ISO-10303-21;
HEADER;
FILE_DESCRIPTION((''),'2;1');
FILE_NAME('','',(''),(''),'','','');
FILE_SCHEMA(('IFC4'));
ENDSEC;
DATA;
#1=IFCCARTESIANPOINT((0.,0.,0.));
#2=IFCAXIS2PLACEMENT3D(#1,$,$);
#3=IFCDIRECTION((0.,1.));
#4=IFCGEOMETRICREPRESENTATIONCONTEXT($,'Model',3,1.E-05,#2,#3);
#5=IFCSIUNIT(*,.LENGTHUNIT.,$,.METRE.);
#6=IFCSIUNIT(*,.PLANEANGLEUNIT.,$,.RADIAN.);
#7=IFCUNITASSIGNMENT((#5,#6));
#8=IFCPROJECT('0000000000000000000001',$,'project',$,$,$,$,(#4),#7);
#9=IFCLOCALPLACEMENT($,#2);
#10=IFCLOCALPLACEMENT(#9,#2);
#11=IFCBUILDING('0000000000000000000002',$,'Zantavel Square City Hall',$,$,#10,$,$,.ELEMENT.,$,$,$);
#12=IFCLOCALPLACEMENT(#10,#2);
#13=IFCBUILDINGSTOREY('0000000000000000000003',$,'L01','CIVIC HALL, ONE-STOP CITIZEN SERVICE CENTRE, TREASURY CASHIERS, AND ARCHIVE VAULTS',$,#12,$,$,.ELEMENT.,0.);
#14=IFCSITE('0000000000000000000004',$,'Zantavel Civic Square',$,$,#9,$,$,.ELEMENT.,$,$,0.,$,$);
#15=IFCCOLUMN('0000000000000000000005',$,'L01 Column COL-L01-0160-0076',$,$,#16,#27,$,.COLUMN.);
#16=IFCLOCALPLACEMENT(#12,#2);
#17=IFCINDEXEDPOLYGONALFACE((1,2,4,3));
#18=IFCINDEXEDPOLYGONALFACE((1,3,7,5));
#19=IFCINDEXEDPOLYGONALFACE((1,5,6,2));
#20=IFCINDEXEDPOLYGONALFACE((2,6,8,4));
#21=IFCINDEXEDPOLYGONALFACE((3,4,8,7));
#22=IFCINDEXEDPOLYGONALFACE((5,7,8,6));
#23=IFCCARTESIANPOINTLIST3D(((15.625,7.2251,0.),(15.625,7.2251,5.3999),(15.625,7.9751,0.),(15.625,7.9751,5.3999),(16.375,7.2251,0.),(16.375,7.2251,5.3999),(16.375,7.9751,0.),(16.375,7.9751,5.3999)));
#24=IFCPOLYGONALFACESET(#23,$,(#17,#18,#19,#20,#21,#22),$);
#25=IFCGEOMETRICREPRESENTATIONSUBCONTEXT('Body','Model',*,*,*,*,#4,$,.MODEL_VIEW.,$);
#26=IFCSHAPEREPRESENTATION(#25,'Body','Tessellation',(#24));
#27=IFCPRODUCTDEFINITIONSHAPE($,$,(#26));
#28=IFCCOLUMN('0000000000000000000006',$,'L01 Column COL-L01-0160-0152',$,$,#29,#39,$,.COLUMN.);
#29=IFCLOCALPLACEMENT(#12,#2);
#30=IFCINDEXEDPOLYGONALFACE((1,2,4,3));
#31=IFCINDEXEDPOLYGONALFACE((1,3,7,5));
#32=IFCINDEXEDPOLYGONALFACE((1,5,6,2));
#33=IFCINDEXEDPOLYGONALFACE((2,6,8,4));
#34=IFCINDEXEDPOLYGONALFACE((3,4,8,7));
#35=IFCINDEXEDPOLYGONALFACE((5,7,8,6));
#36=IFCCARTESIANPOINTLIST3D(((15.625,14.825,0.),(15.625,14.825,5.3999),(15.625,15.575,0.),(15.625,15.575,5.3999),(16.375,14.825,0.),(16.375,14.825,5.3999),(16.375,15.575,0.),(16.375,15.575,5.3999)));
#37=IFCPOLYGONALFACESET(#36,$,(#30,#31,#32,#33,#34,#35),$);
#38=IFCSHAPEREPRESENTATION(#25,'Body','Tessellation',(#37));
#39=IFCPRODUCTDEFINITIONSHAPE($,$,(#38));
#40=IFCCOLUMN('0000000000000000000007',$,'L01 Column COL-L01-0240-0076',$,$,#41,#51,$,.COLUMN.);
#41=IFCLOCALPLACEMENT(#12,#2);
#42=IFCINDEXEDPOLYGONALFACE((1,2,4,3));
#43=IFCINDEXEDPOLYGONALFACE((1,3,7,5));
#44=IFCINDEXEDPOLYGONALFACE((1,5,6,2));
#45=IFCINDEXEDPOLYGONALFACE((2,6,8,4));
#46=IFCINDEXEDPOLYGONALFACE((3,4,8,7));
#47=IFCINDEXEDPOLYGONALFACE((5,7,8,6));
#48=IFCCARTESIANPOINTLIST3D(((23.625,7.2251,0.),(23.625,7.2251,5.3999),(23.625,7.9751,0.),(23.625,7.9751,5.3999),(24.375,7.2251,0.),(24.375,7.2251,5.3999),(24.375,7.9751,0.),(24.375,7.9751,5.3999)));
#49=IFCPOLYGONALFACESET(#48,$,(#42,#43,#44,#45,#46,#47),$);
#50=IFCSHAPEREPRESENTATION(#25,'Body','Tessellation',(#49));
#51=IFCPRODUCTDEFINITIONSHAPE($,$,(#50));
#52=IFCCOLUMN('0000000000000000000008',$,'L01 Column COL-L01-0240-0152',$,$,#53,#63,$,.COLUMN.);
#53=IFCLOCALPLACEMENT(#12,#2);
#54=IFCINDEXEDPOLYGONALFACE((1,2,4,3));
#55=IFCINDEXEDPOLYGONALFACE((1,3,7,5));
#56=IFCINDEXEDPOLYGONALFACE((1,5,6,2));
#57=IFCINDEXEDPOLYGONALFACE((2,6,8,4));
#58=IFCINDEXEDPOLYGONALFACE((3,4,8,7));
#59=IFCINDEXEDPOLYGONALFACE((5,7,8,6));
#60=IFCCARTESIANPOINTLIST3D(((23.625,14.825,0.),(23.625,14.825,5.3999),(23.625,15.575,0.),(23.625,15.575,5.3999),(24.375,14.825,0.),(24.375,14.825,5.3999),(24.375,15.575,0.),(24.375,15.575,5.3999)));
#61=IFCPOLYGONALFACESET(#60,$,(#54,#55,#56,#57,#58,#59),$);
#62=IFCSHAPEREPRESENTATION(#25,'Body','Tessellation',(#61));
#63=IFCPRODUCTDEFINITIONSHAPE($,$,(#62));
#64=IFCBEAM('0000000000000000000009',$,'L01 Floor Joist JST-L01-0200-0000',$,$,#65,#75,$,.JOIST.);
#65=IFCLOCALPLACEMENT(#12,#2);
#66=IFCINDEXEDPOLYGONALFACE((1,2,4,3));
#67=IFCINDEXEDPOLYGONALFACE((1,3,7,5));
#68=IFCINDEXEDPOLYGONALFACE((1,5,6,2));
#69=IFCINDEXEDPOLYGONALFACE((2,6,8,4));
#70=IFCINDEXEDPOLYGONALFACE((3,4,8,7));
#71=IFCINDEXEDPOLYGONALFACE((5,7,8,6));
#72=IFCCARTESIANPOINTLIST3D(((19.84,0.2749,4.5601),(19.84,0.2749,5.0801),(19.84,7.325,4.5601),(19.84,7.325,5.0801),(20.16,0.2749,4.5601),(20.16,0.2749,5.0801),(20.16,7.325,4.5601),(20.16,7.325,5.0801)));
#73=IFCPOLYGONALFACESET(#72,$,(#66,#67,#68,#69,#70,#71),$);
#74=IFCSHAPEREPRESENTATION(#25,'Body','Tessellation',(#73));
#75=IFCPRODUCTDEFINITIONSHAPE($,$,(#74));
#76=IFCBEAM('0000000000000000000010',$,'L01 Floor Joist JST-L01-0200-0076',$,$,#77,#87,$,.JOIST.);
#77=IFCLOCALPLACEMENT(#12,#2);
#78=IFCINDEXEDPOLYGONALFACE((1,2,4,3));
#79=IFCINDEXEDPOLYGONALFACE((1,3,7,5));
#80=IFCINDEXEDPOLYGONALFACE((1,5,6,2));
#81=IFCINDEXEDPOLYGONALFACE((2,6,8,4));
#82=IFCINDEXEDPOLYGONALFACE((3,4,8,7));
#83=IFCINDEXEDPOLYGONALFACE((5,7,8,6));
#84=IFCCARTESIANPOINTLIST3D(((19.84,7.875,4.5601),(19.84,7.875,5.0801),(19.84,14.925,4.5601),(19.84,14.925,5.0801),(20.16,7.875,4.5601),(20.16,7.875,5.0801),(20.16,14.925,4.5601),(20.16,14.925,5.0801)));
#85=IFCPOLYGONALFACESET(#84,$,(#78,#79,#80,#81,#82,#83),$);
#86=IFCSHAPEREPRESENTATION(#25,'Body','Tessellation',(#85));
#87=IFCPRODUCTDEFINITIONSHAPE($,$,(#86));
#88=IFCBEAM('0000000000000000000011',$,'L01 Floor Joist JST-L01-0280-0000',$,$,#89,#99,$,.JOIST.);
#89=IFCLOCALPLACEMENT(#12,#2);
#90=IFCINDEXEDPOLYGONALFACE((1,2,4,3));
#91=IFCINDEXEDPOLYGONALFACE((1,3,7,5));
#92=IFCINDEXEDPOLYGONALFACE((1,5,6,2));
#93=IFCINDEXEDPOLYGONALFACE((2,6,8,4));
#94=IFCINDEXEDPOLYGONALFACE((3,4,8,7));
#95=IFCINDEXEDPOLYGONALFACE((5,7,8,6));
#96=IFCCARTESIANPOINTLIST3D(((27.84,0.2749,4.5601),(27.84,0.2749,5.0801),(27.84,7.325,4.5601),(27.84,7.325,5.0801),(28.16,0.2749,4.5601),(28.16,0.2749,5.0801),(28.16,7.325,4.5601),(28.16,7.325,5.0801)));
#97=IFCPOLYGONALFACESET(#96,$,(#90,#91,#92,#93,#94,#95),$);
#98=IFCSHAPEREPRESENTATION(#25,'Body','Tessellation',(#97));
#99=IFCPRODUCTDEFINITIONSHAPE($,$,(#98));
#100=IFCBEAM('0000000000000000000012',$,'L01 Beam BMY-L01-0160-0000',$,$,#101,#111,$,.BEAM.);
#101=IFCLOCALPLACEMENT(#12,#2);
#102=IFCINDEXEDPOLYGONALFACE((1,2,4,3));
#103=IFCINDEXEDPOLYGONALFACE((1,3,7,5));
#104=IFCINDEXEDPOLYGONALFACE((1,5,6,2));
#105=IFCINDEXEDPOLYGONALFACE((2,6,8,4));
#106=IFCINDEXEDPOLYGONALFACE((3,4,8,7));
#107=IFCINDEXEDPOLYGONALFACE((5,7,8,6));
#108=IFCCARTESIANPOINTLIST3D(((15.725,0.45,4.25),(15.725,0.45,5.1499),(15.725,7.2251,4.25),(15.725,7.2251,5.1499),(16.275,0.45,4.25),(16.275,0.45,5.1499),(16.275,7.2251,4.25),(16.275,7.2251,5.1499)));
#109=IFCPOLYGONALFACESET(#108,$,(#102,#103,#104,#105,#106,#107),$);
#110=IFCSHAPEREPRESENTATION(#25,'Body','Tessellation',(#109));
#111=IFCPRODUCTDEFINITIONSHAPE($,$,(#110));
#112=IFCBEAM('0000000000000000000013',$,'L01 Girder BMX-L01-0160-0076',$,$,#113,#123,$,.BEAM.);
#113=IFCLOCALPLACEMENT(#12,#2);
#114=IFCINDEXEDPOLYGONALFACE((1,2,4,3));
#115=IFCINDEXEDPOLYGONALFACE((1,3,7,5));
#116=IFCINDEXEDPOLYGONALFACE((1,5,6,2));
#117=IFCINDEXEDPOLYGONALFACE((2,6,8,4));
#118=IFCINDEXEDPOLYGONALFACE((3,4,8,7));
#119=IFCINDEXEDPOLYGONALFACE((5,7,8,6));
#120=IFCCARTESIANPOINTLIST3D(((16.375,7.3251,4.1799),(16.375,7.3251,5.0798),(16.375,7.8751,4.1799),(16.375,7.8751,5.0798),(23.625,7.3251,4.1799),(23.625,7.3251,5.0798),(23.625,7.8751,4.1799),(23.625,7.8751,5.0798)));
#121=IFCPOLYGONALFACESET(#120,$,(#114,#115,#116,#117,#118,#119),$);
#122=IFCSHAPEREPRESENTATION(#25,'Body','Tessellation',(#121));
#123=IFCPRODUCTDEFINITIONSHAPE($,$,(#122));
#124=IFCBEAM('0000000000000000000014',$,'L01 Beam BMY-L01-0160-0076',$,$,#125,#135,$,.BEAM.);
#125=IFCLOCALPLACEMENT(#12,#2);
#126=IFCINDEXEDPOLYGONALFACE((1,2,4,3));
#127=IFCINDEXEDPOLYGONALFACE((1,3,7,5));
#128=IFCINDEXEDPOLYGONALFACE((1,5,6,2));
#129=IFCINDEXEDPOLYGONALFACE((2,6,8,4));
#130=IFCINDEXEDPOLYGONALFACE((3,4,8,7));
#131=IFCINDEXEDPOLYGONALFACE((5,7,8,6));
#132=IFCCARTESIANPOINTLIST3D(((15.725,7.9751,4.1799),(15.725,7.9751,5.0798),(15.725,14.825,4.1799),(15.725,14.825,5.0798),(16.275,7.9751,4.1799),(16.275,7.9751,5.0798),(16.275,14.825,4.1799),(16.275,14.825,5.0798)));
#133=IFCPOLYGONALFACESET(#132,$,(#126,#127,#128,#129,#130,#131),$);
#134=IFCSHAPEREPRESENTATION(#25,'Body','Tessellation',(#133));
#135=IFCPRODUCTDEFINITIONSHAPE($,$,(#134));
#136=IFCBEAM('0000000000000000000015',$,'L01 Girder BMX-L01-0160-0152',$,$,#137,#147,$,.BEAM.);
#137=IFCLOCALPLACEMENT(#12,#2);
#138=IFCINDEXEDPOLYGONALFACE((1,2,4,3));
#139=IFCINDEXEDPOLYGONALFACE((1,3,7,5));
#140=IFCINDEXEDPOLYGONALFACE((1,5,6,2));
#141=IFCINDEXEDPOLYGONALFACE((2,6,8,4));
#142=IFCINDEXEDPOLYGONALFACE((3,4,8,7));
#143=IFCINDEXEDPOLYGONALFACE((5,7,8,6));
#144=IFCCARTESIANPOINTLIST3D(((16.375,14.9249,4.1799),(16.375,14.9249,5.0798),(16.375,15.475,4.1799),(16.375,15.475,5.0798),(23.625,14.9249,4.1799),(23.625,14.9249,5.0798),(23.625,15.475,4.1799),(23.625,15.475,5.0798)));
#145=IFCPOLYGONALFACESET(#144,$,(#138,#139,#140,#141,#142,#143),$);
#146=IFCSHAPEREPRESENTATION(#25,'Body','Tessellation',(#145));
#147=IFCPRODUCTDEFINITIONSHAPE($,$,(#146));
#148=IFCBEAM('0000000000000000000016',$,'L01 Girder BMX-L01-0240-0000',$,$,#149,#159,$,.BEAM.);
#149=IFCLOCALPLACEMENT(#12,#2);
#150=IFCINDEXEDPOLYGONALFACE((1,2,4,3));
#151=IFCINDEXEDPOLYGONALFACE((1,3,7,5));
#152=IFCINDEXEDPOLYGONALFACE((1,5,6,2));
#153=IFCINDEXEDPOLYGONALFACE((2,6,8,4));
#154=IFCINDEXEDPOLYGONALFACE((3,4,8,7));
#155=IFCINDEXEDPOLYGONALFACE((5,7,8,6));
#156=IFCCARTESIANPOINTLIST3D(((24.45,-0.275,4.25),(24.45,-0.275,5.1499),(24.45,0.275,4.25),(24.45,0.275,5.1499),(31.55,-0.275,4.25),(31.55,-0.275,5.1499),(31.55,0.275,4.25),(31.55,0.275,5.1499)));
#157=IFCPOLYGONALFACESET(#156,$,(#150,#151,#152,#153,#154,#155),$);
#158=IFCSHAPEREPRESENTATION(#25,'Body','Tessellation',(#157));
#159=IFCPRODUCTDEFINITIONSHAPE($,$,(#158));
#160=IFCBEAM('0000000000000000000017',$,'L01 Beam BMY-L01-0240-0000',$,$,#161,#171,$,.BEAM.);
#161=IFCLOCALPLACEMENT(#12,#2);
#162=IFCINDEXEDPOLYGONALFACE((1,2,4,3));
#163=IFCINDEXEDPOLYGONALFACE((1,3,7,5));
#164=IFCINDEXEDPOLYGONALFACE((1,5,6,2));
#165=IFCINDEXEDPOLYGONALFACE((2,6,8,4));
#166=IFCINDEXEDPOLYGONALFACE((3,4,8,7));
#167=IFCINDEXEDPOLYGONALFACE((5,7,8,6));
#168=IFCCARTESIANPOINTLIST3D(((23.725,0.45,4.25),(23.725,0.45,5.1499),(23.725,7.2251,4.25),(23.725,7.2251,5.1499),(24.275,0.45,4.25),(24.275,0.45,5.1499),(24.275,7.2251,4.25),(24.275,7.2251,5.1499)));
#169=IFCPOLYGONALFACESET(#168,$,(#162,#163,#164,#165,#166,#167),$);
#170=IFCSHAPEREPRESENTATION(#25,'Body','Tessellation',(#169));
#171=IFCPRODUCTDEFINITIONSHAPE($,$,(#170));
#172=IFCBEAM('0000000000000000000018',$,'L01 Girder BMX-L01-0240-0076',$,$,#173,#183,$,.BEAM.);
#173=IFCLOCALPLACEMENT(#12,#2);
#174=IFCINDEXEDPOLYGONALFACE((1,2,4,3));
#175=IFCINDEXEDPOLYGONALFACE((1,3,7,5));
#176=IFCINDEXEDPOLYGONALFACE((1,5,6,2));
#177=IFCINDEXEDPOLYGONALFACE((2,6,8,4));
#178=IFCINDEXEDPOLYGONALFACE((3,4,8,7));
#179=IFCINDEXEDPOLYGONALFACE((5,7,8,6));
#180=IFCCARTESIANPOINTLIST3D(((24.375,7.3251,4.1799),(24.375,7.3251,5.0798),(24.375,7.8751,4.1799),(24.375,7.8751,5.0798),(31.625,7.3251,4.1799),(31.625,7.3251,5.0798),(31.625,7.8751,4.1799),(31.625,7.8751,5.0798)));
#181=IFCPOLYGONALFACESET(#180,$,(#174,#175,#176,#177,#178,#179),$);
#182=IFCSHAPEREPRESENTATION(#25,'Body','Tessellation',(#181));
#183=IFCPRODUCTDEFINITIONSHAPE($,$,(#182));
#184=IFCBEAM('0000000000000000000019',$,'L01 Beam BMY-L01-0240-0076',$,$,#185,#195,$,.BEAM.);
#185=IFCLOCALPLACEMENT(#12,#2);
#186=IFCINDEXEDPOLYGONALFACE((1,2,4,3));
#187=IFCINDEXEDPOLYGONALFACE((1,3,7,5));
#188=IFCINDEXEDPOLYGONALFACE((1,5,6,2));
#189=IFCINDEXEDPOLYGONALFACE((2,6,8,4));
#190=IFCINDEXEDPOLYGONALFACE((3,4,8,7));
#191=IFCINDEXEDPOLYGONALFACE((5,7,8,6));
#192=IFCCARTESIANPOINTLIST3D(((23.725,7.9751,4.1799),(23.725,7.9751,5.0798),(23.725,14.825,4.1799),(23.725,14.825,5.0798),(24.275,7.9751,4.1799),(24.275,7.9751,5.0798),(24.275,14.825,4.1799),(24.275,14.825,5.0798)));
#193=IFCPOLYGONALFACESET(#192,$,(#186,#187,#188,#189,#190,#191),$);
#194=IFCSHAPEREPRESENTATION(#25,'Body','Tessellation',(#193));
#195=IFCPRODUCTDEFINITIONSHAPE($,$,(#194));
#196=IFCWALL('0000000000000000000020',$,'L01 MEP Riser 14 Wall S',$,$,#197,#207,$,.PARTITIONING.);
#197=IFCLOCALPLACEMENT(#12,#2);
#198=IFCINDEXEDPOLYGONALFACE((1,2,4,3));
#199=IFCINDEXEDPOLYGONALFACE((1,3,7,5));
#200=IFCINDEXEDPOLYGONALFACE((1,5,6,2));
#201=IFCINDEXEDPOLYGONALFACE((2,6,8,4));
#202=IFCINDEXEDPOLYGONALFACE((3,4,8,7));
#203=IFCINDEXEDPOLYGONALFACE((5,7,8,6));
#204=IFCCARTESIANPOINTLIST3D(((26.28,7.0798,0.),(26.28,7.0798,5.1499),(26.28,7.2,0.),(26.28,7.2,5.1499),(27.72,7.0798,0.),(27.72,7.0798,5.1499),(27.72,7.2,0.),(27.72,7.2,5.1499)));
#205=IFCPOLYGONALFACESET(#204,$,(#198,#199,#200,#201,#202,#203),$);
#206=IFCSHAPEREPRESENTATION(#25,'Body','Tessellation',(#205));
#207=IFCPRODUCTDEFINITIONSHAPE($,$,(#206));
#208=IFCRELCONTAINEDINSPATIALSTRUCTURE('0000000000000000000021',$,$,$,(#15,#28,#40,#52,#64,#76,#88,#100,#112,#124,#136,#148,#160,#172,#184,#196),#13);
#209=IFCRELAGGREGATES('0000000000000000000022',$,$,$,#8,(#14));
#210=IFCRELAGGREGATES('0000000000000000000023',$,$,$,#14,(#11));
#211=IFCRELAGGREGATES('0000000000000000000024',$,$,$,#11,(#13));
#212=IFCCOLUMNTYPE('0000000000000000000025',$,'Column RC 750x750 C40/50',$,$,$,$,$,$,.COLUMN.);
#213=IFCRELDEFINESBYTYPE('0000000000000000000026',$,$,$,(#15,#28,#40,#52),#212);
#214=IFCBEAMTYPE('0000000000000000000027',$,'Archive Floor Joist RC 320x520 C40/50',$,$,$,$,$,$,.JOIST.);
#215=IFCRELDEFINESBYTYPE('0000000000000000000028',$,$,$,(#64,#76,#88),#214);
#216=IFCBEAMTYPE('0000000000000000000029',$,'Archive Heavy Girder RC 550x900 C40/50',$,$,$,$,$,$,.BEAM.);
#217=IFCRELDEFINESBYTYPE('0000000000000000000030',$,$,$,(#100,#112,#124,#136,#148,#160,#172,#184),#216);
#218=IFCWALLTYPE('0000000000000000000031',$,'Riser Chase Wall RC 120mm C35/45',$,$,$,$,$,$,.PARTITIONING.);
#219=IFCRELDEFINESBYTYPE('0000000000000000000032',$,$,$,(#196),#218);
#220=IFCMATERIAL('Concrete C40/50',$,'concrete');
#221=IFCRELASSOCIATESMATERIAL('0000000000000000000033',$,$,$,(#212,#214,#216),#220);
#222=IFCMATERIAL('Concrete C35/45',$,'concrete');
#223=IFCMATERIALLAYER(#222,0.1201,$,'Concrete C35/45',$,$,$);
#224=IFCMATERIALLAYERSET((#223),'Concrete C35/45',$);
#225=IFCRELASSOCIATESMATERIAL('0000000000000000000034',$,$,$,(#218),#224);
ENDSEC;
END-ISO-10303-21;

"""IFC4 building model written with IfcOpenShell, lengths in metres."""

from ifc_helpers import new_model, si_unit, direction, frame, frame_2d, origin, origin_2d, place, context, subcontext, project, spatial, rectangle, extrude, material, layer, layer_set, material_profile, profile_set, type_object, element, save


model = new_model("IFC4")

# Units and contexts
model_context = context("Model", 3, precision=1e-05, world=origin(), true_north=direction((0.0, 1.0)))
body_context = subcontext(model_context, "Body", "Model", "MODEL_VIEW")
ifc_project = project(units=[si_unit("LENGTHUNIT", "METRE"), si_unit("PLANEANGLEUNIT", "RADIAN")], contexts=[model_context])

# Site, building, storey
site_placement = place(None, origin())
site = spatial("IfcSite", under=ifc_project, at=site_placement, Name="Zantavel Civic Square", CompositionType="ELEMENT", RefElevation=0.0)
building_placement = place(site_placement, origin())
building = spatial("IfcBuilding", under=site, at=building_placement, Name="Zantavel Square City Hall", CompositionType="ELEMENT")
storey_placement = place(building_placement, origin())
storey = spatial("IfcBuildingStorey", under=building, at=storey_placement, Name="L01", Description="CIVIC HALL, ONE-STOP CITIZEN SERVICE CENTRE, TREASURY CASHIERS, AND ARCHIVE VAULTS", CompositionType="ELEMENT", Elevation=0.0)

# Columns
ifc_material_1 = material(Name="Concrete C40/50", Category="concrete")
ifc_material_profile_1 = material_profile(ifc_material_1, rectangle(XDim=0.75, YDim=0.75, at=origin_2d()), Name="RC 750x750")
ifc_profile_set_1 = profile_set([ifc_material_profile_1], Name="Concrete C40/50")
column_type = type_object("IfcColumnType", Name="Column RC 750x750 C40/50", PredefinedType="COLUMN", material=ifc_profile_set_1)
for number, where, z_axis, x_axis, name in (
    (1, (16.0, 7.6001, 0.0), (0.0, 0.0, 1.0), (1.0, 0.0, 0.0), "L01 Column COL-L01-0160-0076"),
    (2, (16.0, 15.2, 0.0), (0.0, 0.0, 1.0), (1.0, 0.0, 0.0), "L01 Column COL-L01-0160-0152"),
    (3, (24.0, 7.6001, 0.0), (0.0, 0.0, 1.0), (1.0, 0.0, 0.0), "L01 Column COL-L01-0240-0076"),
    (4, (24.0, 15.2, 0.0), (0.0, 0.0, 1.0), (1.0, 0.0, 0.0), "L01 Column COL-L01-0240-0152"),
):
    element("IfcColumn", number, at=place(storey_placement, frame(where, z_axis=z_axis, x_axis=x_axis)), inside=storey, type_object=column_type, Name=name, PredefinedType="COLUMN", context=body_context, shape_type="SweptSolid", body=[
        extrude(rectangle(XDim=0.75, YDim=0.75, at=origin_2d()), origin(), (0.0, 0.0, 1.0), 5.3999),
    ])

# Beams
ifc_material_profile_2 = material_profile(ifc_material_1, rectangle(XDim=0.3201, YDim=0.52, at=origin_2d()), Name="RC 320x520")
ifc_profile_set_2 = profile_set([ifc_material_profile_2], Name="Concrete C40/50")
beam_type_1 = type_object("IfcBeamType", Name="Archive Floor Joist RC 320x520 C40/50", PredefinedType="JOIST", material=ifc_profile_set_2)
for number, where, z_axis, x_axis, name in (
    (5, (20.0, 0.2749, 4.8201), (0.0, 1.0, 0.0), (-1.0, 0.0, 0.0), "L01 Floor Joist JST-L01-0200-0000"),
    (6, (20.0, 7.875, 4.8201), (0.0, 1.0, 0.0), (-1.0, 0.0, 0.0), "L01 Floor Joist JST-L01-0200-0076"),
    (7, (28.0, 0.2749, 4.8201), (0.0, 1.0, 0.0), (-1.0, 0.0, 0.0), "L01 Floor Joist JST-L01-0280-0000"),
):
    element("IfcBeam", number, at=place(storey_placement, frame(where, z_axis=z_axis, x_axis=x_axis)), inside=storey, type_object=beam_type_1, Name=name, PredefinedType="JOIST", context=body_context, shape_type="SweptSolid", body=[
        extrude(rectangle(XDim=0.3201, YDim=0.52, at=origin_2d()), origin(), (0.0, 0.0, 1.0), 7.05),
    ])
ifc_material_profile_3 = material_profile(ifc_material_1, rectangle(XDim=0.55, YDim=0.8999, at=origin_2d()), Name="RC 550x900")
ifc_profile_set_3 = profile_set([ifc_material_profile_3], Name="Concrete C40/50")
beam_type_2 = type_object("IfcBeamType", Name="Archive Heavy Girder RC 550x900 C40/50", PredefinedType="BEAM", material=ifc_profile_set_3)
beam_1_placement = place(storey_placement, frame((16.0, 0.45, 4.7), z_axis=(0.0, 1.0, 0.0), x_axis=(-1.0, 0.0, 0.0)))
element("IfcBeam", 8, at=beam_1_placement, inside=storey, type_object=beam_type_2, Name="L01 Beam BMY-L01-0160-0000", PredefinedType="BEAM", context=body_context, shape_type="SweptSolid", body=[
    extrude(rectangle(XDim=0.55, YDim=0.8999, at=origin_2d()), origin(), (0.0, 0.0, 1.0), 6.7751),
])
beam_2_placement = place(storey_placement, frame((16.375, 7.6001, 4.6299), z_axis=(1.0, 0.0, 0.0), x_axis=(0.0, 1.0, 0.0)))
element("IfcBeam", 9, at=beam_2_placement, inside=storey, type_object=beam_type_2, Name="L01 Girder BMX-L01-0160-0076", PredefinedType="BEAM", context=body_context, shape_type="SweptSolid", body=[
    extrude(rectangle(XDim=0.55, YDim=0.8999, at=origin_2d()), origin(), (0.0, 0.0, 1.0), 7.25),
])
beam_3_placement = place(storey_placement, frame((16.0, 7.9751, 4.6299), z_axis=(0.0, 1.0, 0.0), x_axis=(-1.0, 0.0, 0.0)))
element("IfcBeam", 10, at=beam_3_placement, inside=storey, type_object=beam_type_2, Name="L01 Beam BMY-L01-0160-0076", PredefinedType="BEAM", context=body_context, shape_type="SweptSolid", body=[
    extrude(rectangle(XDim=0.55, YDim=0.8999, at=origin_2d()), origin(), (0.0, 0.0, 1.0), 6.8499),
])
beam_4_placement = place(storey_placement, frame((16.375, 15.2, 4.6299), z_axis=(1.0, 0.0, 0.0), x_axis=(0.0, 1.0, 0.0)))
element("IfcBeam", 11, at=beam_4_placement, inside=storey, type_object=beam_type_2, Name="L01 Girder BMX-L01-0160-0152", PredefinedType="BEAM", context=body_context, shape_type="SweptSolid", body=[
    extrude(rectangle(XDim=0.55, YDim=0.8999, at=origin_2d()), origin(), (0.0, 0.0, 1.0), 7.25),
])
beam_5_placement = place(storey_placement, frame((24.45, 0.0, 4.7), z_axis=(1.0, 0.0, 0.0), x_axis=(0.0, 1.0, 0.0)))
element("IfcBeam", 12, at=beam_5_placement, inside=storey, type_object=beam_type_2, Name="L01 Girder BMX-L01-0240-0000", PredefinedType="BEAM", context=body_context, shape_type="SweptSolid", body=[
    extrude(rectangle(XDim=0.55, YDim=0.8999, at=origin_2d()), origin(), (0.0, 0.0, 1.0), 7.1001),
])
beam_6_placement = place(storey_placement, frame((24.0, 0.45, 4.7), z_axis=(0.0, 1.0, 0.0), x_axis=(-1.0, 0.0, 0.0)))
element("IfcBeam", 13, at=beam_6_placement, inside=storey, type_object=beam_type_2, Name="L01 Beam BMY-L01-0240-0000", PredefinedType="BEAM", context=body_context, shape_type="SweptSolid", body=[
    extrude(rectangle(XDim=0.55, YDim=0.8999, at=origin_2d()), origin(), (0.0, 0.0, 1.0), 6.7751),
])
beam_7_placement = place(storey_placement, frame((24.375, 7.6001, 4.6299), z_axis=(1.0, 0.0, 0.0), x_axis=(0.0, 1.0, 0.0)))
element("IfcBeam", 14, at=beam_7_placement, inside=storey, type_object=beam_type_2, Name="L01 Girder BMX-L01-0240-0076", PredefinedType="BEAM", context=body_context, shape_type="SweptSolid", body=[
    extrude(rectangle(XDim=0.55, YDim=0.8999, at=origin_2d()), origin(), (0.0, 0.0, 1.0), 7.25),
])
beam_8_placement = place(storey_placement, frame((24.0, 7.9751, 4.6299), z_axis=(0.0, 1.0, 0.0), x_axis=(-1.0, 0.0, 0.0)))
element("IfcBeam", 15, at=beam_8_placement, inside=storey, type_object=beam_type_2, Name="L01 Beam BMY-L01-0240-0076", PredefinedType="BEAM", context=body_context, shape_type="SweptSolid", body=[
    extrude(rectangle(XDim=0.55, YDim=0.8999, at=origin_2d()), origin(), (0.0, 0.0, 1.0), 6.8499),
])

# Wall
ifc_material_2 = material(Name="Concrete C35/45", Category="concrete")
ifc_layer_1 = layer(ifc_material_2, 0.1201, Name="Concrete C35/45")
ifc_layer_set_1 = layer_set([ifc_layer_1], Name="Concrete C35/45")
wall_type_1 = type_object("IfcWallType", Name="Riser Chase Wall RC 120mm C35/45", PredefinedType="PARTITIONING", material=ifc_layer_set_1)
wall_1_placement = place(storey_placement, frame((27.72, 7.1399, 0.0), z_axis=(0.0, 0.0, 1.0), x_axis=(-1.0, 0.0, 0.0)))
element("IfcWall", 16, at=wall_1_placement, inside=storey, type_object=wall_type_1, Name="L01 MEP Riser 14 Wall S", PredefinedType="PARTITIONING", context=body_context, shape_type="SweptSolid", body=[
    extrude(rectangle(XDim=1.4399, YDim=0.1201, at=frame_2d((0.72, 0.0))), origin(), (0.0, 0.0, 1.0), 5.1499),
])

save(model, "model.ifc")
